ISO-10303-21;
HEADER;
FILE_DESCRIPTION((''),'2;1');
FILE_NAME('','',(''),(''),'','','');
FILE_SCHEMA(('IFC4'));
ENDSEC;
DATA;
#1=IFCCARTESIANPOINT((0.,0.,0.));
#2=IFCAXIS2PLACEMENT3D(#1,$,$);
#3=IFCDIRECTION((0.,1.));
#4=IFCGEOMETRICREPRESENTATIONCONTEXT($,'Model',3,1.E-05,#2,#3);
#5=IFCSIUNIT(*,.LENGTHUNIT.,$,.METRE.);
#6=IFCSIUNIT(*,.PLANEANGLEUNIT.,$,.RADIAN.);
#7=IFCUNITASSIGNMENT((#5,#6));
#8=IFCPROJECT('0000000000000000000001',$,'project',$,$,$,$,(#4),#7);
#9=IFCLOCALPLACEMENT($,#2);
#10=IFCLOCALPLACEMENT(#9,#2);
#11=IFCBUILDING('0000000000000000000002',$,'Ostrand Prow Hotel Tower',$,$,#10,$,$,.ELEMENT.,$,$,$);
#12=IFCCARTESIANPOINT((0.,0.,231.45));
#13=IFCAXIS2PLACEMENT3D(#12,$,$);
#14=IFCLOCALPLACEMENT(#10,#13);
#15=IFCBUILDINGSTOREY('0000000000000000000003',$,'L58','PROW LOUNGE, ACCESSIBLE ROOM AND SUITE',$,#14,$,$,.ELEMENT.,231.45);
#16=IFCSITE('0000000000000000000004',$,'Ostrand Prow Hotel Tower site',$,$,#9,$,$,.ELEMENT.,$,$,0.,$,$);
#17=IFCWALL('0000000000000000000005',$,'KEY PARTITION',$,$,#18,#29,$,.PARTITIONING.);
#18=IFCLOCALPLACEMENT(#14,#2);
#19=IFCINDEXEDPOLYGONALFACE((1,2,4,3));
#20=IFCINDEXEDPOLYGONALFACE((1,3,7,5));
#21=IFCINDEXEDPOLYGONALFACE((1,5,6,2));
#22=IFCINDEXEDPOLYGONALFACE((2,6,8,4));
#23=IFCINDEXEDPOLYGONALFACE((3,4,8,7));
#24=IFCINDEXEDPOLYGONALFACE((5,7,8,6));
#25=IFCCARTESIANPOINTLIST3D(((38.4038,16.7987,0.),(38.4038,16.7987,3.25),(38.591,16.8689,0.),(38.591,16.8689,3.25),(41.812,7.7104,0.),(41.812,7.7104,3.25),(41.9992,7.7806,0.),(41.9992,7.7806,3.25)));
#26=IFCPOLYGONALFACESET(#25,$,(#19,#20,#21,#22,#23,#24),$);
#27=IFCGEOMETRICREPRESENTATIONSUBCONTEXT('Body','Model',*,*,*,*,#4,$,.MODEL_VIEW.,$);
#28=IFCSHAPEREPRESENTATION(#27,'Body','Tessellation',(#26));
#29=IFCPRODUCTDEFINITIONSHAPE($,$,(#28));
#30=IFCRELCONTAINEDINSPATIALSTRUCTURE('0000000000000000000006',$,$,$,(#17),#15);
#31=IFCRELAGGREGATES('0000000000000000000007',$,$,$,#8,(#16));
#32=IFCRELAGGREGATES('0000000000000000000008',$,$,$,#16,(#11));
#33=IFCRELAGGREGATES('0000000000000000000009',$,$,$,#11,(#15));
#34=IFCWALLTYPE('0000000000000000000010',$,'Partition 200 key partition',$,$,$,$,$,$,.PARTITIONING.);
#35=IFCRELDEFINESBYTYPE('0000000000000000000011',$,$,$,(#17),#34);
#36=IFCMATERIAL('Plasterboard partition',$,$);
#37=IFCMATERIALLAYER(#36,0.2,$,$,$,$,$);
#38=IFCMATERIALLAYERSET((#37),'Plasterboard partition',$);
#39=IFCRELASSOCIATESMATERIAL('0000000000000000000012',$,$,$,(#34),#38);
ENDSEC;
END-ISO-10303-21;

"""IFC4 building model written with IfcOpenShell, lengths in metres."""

from ifc_helpers import new_model, si_unit, direction, frame, frame_2d, origin, place, context, subcontext, project, spatial, rectangle, extrude, material, layer, layer_set, type_object, element, save


model = new_model("IFC4")

# Units and contexts
model_context = context("Model", 3, precision=1e-05, world=origin(), true_north=direction((0.0, 1.0)))
body_context = subcontext(model_context, "Body", "Model", "MODEL_VIEW")
ifc_project = project(units=[si_unit("LENGTHUNIT", "METRE"), si_unit("PLANEANGLEUNIT", "RADIAN")], contexts=[model_context])

# Site, building, storey
site_placement = place(None, origin())
site = spatial("IfcSite", under=ifc_project, at=site_placement, Name="Ostrand Prow Hotel Tower site", CompositionType="ELEMENT", RefElevation=0.0)
building_placement = place(site_placement, origin())
building = spatial("IfcBuilding", under=site, at=building_placement, Name="Ostrand Prow Hotel Tower", CompositionType="ELEMENT")
storey_placement = place(building_placement, frame((0.0, 0.0, 231.45)))
storey = spatial("IfcBuildingStorey", under=building, at=storey_placement, Name="L58", Description="PROW LOUNGE, ACCESSIBLE ROOM AND SUITE", CompositionType="ELEMENT", Elevation=231.45)

# Wall
ifc_material_1 = material(Name="Plasterboard partition")
ifc_layer_1 = layer(ifc_material_1, 0.2)
ifc_layer_set_1 = layer_set([ifc_layer_1], Name="Plasterboard partition")
wall_type_1 = type_object("IfcWallType", Name="Partition 200 key partition", PredefinedType="PARTITIONING", material=ifc_layer_set_1)
wall_1_placement = place(storey_placement, frame((41.9055, 7.7456, 0.0), z_axis=(0.0, 0.0, 1.0), x_axis=(-0.351129, 0.936327, 0.0)))
element("IfcWall", 1, at=wall_1_placement, inside=storey, type_object=wall_type_1, Name="KEY PARTITION", PredefinedType="PARTITIONING", context=body_context, shape_type="SweptSolid", body=[
    extrude(rectangle(XDim=9.7063, YDim=0.2, at=frame_2d((4.853, 0.0))), origin(), (0.0, 0.0, 1.0), 3.25),
])

save(model, "model.ifc")
